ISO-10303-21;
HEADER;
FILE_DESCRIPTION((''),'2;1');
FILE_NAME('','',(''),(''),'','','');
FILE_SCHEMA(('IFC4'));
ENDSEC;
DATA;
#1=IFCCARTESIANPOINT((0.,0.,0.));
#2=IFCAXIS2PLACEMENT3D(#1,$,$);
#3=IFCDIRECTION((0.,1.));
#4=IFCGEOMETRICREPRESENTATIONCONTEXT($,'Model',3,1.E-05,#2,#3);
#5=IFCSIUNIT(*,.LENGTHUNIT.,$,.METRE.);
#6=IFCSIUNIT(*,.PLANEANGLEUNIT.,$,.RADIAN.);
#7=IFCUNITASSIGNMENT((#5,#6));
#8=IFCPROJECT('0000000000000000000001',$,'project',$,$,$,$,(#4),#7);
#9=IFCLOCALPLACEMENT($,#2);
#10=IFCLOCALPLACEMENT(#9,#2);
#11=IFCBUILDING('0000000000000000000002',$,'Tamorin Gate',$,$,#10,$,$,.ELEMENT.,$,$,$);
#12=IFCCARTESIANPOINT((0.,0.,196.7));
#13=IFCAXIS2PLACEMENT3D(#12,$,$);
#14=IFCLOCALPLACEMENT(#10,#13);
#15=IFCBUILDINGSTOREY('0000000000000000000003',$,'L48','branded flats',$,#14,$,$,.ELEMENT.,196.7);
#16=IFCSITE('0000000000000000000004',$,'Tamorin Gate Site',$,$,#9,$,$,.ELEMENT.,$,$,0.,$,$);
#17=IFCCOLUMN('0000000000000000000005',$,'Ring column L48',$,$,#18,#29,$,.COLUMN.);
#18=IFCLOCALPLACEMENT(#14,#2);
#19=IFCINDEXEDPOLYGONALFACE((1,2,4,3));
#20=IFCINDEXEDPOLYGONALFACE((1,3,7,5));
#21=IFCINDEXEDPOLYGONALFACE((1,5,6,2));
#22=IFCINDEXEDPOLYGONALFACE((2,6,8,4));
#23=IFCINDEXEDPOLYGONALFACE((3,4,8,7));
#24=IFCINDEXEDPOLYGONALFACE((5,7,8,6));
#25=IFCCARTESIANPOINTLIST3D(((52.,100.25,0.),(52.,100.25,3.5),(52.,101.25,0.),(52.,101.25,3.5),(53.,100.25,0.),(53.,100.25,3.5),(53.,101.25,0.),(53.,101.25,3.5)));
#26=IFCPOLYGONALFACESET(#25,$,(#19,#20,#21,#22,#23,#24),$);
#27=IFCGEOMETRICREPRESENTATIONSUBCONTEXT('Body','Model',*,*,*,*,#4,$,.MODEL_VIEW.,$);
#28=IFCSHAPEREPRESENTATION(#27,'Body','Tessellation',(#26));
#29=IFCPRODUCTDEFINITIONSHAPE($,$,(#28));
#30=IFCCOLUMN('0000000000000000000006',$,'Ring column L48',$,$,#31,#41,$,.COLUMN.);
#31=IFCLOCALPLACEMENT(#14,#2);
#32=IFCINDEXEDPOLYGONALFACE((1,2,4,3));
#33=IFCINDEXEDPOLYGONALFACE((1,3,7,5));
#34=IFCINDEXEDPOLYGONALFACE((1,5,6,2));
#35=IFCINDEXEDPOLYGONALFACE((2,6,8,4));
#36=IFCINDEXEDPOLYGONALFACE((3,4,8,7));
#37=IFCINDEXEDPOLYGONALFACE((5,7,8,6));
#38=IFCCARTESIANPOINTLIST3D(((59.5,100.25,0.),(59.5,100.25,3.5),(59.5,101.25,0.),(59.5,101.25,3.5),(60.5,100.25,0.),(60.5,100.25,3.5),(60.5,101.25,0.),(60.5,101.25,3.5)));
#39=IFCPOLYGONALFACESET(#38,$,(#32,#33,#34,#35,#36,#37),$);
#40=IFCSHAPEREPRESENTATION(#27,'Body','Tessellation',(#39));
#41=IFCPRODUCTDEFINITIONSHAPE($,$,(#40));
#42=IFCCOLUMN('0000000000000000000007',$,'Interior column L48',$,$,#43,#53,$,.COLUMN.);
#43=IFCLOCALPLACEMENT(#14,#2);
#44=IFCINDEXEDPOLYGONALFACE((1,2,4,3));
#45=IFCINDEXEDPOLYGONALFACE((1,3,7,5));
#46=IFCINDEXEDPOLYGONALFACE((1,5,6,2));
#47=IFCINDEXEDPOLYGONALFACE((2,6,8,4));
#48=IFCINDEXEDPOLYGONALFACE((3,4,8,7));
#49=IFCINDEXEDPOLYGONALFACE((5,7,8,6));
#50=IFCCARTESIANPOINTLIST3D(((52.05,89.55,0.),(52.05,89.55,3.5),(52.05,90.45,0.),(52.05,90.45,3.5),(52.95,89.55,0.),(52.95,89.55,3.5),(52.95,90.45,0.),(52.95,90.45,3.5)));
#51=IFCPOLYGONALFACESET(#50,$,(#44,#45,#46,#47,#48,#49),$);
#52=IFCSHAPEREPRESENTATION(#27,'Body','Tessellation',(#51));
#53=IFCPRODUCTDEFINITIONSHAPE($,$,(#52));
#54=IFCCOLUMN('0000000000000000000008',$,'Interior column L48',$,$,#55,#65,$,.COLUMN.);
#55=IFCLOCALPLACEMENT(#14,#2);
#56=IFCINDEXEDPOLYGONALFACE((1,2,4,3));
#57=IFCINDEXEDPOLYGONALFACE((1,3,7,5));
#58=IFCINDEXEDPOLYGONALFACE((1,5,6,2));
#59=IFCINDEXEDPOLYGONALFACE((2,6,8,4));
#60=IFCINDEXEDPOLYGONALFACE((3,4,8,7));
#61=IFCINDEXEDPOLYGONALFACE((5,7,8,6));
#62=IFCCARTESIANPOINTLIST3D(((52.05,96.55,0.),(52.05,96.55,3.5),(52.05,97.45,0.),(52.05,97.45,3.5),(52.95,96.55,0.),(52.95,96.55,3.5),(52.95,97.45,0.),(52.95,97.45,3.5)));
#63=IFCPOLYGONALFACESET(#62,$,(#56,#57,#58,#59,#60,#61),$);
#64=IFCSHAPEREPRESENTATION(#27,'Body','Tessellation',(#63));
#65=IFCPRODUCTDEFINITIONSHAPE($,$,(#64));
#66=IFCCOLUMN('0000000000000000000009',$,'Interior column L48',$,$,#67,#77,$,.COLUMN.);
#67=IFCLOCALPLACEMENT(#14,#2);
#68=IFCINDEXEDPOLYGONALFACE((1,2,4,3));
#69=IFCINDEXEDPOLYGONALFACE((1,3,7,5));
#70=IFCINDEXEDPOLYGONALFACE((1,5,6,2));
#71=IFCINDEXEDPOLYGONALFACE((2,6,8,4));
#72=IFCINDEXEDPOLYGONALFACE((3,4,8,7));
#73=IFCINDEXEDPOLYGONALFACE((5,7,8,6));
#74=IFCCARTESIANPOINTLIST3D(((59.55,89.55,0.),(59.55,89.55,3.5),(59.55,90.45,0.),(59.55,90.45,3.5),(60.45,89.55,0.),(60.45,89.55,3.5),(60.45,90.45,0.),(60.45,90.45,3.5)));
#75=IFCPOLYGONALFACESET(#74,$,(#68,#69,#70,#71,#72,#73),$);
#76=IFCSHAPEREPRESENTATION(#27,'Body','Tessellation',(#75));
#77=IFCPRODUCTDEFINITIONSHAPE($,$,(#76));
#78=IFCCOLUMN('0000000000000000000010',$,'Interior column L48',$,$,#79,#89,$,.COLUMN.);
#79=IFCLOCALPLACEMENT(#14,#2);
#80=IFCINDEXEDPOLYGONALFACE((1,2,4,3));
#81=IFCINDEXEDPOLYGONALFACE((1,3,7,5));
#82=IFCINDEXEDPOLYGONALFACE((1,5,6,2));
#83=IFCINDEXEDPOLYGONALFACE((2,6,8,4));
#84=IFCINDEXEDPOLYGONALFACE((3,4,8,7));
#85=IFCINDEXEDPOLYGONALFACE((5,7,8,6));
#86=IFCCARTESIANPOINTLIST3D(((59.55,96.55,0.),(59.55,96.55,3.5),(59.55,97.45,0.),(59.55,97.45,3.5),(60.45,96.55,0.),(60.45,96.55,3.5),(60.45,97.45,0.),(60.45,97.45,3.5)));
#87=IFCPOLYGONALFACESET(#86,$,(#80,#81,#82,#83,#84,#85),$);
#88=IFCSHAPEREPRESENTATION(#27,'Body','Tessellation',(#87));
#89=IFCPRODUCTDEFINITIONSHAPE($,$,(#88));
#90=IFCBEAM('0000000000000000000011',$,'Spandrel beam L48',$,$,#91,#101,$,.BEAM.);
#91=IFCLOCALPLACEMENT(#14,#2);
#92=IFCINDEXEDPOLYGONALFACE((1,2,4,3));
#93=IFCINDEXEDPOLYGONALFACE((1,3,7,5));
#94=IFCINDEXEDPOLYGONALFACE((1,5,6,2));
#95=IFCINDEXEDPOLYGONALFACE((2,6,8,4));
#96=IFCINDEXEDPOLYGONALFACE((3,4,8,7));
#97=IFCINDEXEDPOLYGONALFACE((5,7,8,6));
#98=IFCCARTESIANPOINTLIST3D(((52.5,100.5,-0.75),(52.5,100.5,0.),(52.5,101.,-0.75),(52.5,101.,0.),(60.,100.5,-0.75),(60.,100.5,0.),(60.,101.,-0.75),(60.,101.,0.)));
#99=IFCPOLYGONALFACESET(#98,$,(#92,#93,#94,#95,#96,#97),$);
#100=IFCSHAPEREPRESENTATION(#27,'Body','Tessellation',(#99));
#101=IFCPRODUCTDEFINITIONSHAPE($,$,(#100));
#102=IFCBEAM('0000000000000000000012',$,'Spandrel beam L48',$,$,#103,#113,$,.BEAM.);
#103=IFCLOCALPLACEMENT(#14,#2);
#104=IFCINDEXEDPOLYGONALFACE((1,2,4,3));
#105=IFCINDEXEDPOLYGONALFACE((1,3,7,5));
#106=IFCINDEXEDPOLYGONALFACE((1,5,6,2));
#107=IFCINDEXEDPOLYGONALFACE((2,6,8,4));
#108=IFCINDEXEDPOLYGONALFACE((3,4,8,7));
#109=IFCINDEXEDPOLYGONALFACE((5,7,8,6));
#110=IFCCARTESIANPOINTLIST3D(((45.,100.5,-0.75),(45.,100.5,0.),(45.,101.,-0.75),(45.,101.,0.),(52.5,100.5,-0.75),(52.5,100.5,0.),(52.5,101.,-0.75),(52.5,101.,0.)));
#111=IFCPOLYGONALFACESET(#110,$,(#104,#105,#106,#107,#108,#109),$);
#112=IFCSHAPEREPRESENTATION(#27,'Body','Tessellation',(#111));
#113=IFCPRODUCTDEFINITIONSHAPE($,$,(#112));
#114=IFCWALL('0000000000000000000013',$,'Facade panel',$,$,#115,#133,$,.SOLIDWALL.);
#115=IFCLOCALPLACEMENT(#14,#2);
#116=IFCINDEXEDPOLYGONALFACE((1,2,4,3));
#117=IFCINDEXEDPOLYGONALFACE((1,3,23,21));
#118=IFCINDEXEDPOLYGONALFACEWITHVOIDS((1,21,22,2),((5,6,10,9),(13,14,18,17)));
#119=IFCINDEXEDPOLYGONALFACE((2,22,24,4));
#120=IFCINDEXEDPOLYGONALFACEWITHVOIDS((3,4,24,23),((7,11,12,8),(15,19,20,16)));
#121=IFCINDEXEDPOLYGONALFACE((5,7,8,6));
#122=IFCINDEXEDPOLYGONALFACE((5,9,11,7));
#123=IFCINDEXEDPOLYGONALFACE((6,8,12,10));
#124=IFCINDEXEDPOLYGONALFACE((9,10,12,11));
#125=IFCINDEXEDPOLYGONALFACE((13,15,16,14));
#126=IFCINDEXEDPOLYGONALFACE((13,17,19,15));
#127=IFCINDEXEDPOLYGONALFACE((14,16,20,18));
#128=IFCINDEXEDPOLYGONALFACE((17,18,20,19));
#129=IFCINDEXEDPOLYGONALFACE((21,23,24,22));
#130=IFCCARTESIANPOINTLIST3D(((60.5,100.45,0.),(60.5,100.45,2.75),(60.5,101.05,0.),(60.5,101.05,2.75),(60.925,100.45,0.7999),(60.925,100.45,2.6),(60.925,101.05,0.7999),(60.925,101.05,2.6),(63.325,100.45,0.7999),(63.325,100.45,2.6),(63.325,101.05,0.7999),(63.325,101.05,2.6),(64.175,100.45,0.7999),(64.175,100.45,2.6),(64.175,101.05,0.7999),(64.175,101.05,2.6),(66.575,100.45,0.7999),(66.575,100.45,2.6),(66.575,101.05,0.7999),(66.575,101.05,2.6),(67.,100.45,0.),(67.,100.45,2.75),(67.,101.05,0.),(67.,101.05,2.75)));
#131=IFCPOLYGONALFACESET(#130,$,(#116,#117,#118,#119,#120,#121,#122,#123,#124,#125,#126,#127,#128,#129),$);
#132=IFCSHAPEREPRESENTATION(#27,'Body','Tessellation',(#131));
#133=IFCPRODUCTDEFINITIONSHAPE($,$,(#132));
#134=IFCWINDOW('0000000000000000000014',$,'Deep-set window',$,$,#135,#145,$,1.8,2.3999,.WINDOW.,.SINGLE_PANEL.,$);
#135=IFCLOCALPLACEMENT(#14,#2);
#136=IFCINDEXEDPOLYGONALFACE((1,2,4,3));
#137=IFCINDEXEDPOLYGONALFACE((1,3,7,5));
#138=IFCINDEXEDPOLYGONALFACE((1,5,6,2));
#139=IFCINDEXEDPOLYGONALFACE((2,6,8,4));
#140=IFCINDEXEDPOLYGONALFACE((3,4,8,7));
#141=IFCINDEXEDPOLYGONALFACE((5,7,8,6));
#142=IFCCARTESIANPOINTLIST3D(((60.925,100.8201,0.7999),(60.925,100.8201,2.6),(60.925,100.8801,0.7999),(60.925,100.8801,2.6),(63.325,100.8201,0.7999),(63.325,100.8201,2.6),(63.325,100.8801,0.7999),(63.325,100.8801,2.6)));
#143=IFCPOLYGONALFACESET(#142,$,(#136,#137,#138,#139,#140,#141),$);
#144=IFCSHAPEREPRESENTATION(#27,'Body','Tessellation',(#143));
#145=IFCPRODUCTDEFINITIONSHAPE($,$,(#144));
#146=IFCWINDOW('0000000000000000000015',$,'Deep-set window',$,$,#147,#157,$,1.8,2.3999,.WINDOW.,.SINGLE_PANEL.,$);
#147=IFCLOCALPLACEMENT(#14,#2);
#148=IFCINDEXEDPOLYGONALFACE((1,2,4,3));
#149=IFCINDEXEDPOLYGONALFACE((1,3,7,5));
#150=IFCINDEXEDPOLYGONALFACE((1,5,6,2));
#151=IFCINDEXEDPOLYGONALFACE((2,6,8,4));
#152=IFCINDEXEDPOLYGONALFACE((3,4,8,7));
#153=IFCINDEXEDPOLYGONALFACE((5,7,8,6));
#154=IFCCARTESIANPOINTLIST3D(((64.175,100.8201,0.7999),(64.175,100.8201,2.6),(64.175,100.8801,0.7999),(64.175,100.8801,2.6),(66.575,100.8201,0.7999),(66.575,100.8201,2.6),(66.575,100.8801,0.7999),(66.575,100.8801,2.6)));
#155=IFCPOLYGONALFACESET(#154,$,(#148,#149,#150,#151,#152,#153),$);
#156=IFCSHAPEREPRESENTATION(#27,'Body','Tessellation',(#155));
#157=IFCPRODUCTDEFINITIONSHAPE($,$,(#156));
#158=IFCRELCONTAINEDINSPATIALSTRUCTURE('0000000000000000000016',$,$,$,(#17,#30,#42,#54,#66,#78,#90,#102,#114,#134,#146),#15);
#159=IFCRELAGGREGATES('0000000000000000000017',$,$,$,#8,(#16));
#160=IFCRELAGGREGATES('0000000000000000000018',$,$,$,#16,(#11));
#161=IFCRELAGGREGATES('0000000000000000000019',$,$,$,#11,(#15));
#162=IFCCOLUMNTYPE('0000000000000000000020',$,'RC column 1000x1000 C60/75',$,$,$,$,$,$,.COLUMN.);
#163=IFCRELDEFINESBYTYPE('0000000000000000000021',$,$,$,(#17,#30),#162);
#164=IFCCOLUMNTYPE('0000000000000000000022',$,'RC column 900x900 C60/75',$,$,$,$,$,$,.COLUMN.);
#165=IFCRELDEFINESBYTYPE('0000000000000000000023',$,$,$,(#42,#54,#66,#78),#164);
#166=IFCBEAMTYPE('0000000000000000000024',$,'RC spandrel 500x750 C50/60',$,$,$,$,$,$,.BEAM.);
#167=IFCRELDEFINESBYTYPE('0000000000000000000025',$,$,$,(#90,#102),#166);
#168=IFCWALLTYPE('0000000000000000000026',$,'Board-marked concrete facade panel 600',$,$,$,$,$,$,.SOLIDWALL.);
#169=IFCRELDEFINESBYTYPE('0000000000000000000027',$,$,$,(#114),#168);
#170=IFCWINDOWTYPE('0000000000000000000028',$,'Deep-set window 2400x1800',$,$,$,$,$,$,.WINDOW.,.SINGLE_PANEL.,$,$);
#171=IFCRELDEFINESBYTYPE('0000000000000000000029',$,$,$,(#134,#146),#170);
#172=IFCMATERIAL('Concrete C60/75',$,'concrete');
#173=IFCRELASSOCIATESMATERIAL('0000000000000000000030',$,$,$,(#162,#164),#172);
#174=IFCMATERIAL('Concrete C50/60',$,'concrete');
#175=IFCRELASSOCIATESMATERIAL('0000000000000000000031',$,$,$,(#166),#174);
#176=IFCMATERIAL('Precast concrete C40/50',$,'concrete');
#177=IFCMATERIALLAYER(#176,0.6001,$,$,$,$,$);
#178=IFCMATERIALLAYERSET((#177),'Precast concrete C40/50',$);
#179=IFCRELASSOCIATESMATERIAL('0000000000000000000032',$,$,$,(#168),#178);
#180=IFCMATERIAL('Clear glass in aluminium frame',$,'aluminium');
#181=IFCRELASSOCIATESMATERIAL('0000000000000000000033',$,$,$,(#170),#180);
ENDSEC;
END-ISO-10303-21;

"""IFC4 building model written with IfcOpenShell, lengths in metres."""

from ifc_helpers import new_model, si_unit, direction, frame, frame_2d, origin, origin_2d, place, context, subcontext, project, spatial, rectangle, extrude, material, layer, layer_set, material_profile, profile_set, type_object, element, fill, save


model = new_model("IFC4")

# Units and contexts
model_context = context("Model", 3, precision=1e-05, world=origin(), true_north=direction((0.0, 1.0)))
body_context = subcontext(model_context, "Body", "Model", "MODEL_VIEW")
ifc_project = project(units=[si_unit("LENGTHUNIT", "METRE"), si_unit("PLANEANGLEUNIT", "RADIAN")], contexts=[model_context])

# Site, building, storey
site_placement = place(None, origin())
site = spatial("IfcSite", under=ifc_project, at=site_placement, Name="Tamorin Gate Site", CompositionType="ELEMENT", RefElevation=0.0)
building_placement = place(site_placement, origin())
building = spatial("IfcBuilding", under=site, at=building_placement, Name="Tamorin Gate", CompositionType="ELEMENT")
storey_placement = place(building_placement, frame((0.0, 0.0, 196.7)))
storey = spatial("IfcBuildingStorey", under=building, at=storey_placement, Name="L48", Description="branded flats", CompositionType="ELEMENT", Elevation=196.7)

# Columns
ifc_material_1 = material(Name="Concrete C60/75", Category="concrete")
ifc_material_profile_1 = material_profile(ifc_material_1, rectangle(XDim=1.0, YDim=1.0, at=origin_2d()), Name="RC 1000x1000")
ifc_profile_set_1 = profile_set([ifc_material_profile_1], Name="Concrete C60/75")
column_type_1 = type_object("IfcColumnType", Name="RC column 1000x1000 C60/75", PredefinedType="COLUMN", material=ifc_profile_set_1)
for number, where, z_axis, x_axis, name in (
    (1, (52.5, 100.75, 0.0), (0.0, 0.0, 1.0), (1.0, 0.0, 0.0), "Ring column L48"),
    (2, (60.0, 100.75, 0.0), (0.0, 0.0, 1.0), (1.0, 0.0, 0.0), "Ring column L48"),
):
    element("IfcColumn", number, at=place(storey_placement, frame(where, z_axis=z_axis, x_axis=x_axis)), inside=storey, type_object=column_type_1, Name=name, PredefinedType="COLUMN", context=body_context, shape_type="SweptSolid", body=[
        extrude(rectangle(XDim=1.0, YDim=1.0, at=origin_2d()), origin(), (0.0, 0.0, 1.0), 3.5),
    ])
ifc_material_profile_2 = material_profile(ifc_material_1, rectangle(XDim=0.8999, YDim=0.8999, at=origin_2d()), Name="RC 900x900")
ifc_profile_set_2 = profile_set([ifc_material_profile_2], Name="Concrete C60/75")
column_type_2 = type_object("IfcColumnType", Name="RC column 900x900 C60/75", PredefinedType="COLUMN", material=ifc_profile_set_2)
for number, where, z_axis, x_axis, name in (
    (3, (52.5, 90.0, 0.0), (0.0, 0.0, 1.0), (1.0, 0.0, 0.0), "Interior column L48"),
    (4, (52.5, 97.0, 0.0), (0.0, 0.0, 1.0), (1.0, 0.0, 0.0), "Interior column L48"),
    (5, (60.0, 90.0, 0.0), (0.0, 0.0, 1.0), (1.0, 0.0, 0.0), "Interior column L48"),
    (6, (60.0, 97.0, 0.0), (0.0, 0.0, 1.0), (1.0, 0.0, 0.0), "Interior column L48"),
):
    element("IfcColumn", number, at=place(storey_placement, frame(where, z_axis=z_axis, x_axis=x_axis)), inside=storey, type_object=column_type_2, Name=name, PredefinedType="COLUMN", context=body_context, shape_type="SweptSolid", body=[
        extrude(rectangle(XDim=0.8999, YDim=0.8999, at=origin_2d()), origin(), (0.0, 0.0, 1.0), 3.5),
    ])

# Beams
ifc_material_2 = material(Name="Concrete C50/60", Category="concrete")
ifc_material_profile_3 = material_profile(ifc_material_2, rectangle(XDim=0.5, YDim=0.75, at=origin_2d()), Name="RC 500x750")
ifc_profile_set_3 = profile_set([ifc_material_profile_3], Name="Concrete C50/60")
beam_type = type_object("IfcBeamType", Name="RC spandrel 500x750 C50/60", PredefinedType="BEAM", material=ifc_profile_set_3)
for number, where, z_axis, x_axis, name in (
    (7, (60.0, 100.75, -0.375), (-1.0, 0.0, 0.0), (0.0, -1.0, 0.0), "Spandrel beam L48"),
    (8, (52.5, 100.75, -0.375), (-1.0, 0.0, 0.0), (0.0, -1.0, 0.0), "Spandrel beam L48"),
):
    element("IfcBeam", number, at=place(storey_placement, frame(where, z_axis=z_axis, x_axis=x_axis)), inside=storey, type_object=beam_type, Name=name, PredefinedType="BEAM", context=body_context, shape_type="SweptSolid", body=[
        extrude(rectangle(XDim=0.5, YDim=0.75, at=origin_2d()), origin(), (0.0, 0.0, 1.0), 7.5),
    ])

# Wall, openings, windows
ifc_material_3 = material(Name="Precast concrete C40/50", Category="concrete")
ifc_layer_1 = layer(ifc_material_3, 0.6001)
ifc_layer_set_1 = layer_set([ifc_layer_1], Name="Precast concrete C40/50")
wall_type_1 = type_object("IfcWallType", Name="Board-marked concrete facade panel 600", PredefinedType="SOLIDWALL", material=ifc_layer_set_1)
wall_1_placement = place(storey_placement, frame((67.0, 100.75, 0.0), z_axis=(0.0, 0.0, 1.0), x_axis=(-1.0, 0.0, 0.0)))
wall_1 = element("IfcWall", 9, at=wall_1_placement, inside=storey, type_object=wall_type_1, Name="Facade panel", PredefinedType="SOLIDWALL", context=body_context, shape_type="SweptSolid", body=[
    extrude(rectangle(XDim=6.5, YDim=0.6001, at=frame_2d((3.25, 0.0))), origin(), (0.0, 0.0, 1.0), 2.75),
])
opening_1_placement = place(wall_1_placement, frame((3.675, 0.0, 0.8)))
opening_1 = element("IfcOpeningElement", 10, at=opening_1_placement, cuts=wall_1, PredefinedType="OPENING", context=body_context, shape_type="SweptSolid", body=[
    extrude(rectangle(XDim=2.3999, YDim=1.8, at=frame_2d((1.2, 0.8999))), frame((0.0, 0.3101, 0.0), z_axis=(0.0, -1.0, 0.0), x_axis=(1.0, 0.0, 0.0)), (0.0, 0.0, 1.0), 0.6201),
])
opening_2_placement = place(wall_1_placement, frame((0.425, 0.0, 0.8)))
opening_2 = element("IfcOpeningElement", 11, at=opening_2_placement, cuts=wall_1, PredefinedType="OPENING", context=body_context, shape_type="SweptSolid", body=[
    extrude(rectangle(XDim=2.3999, YDim=1.8, at=frame_2d((1.2, 0.8999))), frame((0.0, 0.3101, 0.0), z_axis=(0.0, -1.0, 0.0), x_axis=(1.0, 0.0, 0.0)), (0.0, 0.0, 1.0), 0.6201),
])
ifc_material_4 = material(Name="Clear glass in aluminium frame", Category="aluminium")
window_type = type_object("IfcWindowType", Name="Deep-set window 2400x1800", PartitioningType="SINGLE_PANEL", PredefinedType="WINDOW", material=ifc_material_4)
window_1_placement = place(opening_1_placement, origin())
window_1 = element("IfcWindow", 12, at=window_1_placement, inside=storey, type_object=window_type, Name="Deep-set window", OverallHeight=1.8, OverallWidth=2.3999, PartitioningType="SINGLE_PANEL", PredefinedType="WINDOW", context=body_context, shape_type="SweptSolid", body=[
    extrude(rectangle(XDim=2.3999, YDim=1.8, at=frame_2d((1.2, 0.8999))), frame((0.0, -0.0701, 0.0), z_axis=(0.0, -1.0, 0.0), x_axis=(1.0, 0.0, 0.0)), (0.0, 0.0, 1.0), 0.0601),
])
fill(opening_1, window_1)
window_2_placement = place(opening_2_placement, origin())
window_2 = element("IfcWindow", 13, at=window_2_placement, inside=storey, type_object=window_type, Name="Deep-set window", OverallHeight=1.8, OverallWidth=2.3999, PartitioningType="SINGLE_PANEL", PredefinedType="WINDOW", context=body_context, shape_type="SweptSolid", body=[
    extrude(rectangle(XDim=2.3999, YDim=1.8, at=frame_2d((1.2, 0.8999))), frame((0.0, -0.0701, 0.0), z_axis=(0.0, -1.0, 0.0), x_axis=(1.0, 0.0, 0.0)), (0.0, 0.0, 1.0), 0.0601),
])
fill(opening_2, window_2)

save(model, "model.ifc")
